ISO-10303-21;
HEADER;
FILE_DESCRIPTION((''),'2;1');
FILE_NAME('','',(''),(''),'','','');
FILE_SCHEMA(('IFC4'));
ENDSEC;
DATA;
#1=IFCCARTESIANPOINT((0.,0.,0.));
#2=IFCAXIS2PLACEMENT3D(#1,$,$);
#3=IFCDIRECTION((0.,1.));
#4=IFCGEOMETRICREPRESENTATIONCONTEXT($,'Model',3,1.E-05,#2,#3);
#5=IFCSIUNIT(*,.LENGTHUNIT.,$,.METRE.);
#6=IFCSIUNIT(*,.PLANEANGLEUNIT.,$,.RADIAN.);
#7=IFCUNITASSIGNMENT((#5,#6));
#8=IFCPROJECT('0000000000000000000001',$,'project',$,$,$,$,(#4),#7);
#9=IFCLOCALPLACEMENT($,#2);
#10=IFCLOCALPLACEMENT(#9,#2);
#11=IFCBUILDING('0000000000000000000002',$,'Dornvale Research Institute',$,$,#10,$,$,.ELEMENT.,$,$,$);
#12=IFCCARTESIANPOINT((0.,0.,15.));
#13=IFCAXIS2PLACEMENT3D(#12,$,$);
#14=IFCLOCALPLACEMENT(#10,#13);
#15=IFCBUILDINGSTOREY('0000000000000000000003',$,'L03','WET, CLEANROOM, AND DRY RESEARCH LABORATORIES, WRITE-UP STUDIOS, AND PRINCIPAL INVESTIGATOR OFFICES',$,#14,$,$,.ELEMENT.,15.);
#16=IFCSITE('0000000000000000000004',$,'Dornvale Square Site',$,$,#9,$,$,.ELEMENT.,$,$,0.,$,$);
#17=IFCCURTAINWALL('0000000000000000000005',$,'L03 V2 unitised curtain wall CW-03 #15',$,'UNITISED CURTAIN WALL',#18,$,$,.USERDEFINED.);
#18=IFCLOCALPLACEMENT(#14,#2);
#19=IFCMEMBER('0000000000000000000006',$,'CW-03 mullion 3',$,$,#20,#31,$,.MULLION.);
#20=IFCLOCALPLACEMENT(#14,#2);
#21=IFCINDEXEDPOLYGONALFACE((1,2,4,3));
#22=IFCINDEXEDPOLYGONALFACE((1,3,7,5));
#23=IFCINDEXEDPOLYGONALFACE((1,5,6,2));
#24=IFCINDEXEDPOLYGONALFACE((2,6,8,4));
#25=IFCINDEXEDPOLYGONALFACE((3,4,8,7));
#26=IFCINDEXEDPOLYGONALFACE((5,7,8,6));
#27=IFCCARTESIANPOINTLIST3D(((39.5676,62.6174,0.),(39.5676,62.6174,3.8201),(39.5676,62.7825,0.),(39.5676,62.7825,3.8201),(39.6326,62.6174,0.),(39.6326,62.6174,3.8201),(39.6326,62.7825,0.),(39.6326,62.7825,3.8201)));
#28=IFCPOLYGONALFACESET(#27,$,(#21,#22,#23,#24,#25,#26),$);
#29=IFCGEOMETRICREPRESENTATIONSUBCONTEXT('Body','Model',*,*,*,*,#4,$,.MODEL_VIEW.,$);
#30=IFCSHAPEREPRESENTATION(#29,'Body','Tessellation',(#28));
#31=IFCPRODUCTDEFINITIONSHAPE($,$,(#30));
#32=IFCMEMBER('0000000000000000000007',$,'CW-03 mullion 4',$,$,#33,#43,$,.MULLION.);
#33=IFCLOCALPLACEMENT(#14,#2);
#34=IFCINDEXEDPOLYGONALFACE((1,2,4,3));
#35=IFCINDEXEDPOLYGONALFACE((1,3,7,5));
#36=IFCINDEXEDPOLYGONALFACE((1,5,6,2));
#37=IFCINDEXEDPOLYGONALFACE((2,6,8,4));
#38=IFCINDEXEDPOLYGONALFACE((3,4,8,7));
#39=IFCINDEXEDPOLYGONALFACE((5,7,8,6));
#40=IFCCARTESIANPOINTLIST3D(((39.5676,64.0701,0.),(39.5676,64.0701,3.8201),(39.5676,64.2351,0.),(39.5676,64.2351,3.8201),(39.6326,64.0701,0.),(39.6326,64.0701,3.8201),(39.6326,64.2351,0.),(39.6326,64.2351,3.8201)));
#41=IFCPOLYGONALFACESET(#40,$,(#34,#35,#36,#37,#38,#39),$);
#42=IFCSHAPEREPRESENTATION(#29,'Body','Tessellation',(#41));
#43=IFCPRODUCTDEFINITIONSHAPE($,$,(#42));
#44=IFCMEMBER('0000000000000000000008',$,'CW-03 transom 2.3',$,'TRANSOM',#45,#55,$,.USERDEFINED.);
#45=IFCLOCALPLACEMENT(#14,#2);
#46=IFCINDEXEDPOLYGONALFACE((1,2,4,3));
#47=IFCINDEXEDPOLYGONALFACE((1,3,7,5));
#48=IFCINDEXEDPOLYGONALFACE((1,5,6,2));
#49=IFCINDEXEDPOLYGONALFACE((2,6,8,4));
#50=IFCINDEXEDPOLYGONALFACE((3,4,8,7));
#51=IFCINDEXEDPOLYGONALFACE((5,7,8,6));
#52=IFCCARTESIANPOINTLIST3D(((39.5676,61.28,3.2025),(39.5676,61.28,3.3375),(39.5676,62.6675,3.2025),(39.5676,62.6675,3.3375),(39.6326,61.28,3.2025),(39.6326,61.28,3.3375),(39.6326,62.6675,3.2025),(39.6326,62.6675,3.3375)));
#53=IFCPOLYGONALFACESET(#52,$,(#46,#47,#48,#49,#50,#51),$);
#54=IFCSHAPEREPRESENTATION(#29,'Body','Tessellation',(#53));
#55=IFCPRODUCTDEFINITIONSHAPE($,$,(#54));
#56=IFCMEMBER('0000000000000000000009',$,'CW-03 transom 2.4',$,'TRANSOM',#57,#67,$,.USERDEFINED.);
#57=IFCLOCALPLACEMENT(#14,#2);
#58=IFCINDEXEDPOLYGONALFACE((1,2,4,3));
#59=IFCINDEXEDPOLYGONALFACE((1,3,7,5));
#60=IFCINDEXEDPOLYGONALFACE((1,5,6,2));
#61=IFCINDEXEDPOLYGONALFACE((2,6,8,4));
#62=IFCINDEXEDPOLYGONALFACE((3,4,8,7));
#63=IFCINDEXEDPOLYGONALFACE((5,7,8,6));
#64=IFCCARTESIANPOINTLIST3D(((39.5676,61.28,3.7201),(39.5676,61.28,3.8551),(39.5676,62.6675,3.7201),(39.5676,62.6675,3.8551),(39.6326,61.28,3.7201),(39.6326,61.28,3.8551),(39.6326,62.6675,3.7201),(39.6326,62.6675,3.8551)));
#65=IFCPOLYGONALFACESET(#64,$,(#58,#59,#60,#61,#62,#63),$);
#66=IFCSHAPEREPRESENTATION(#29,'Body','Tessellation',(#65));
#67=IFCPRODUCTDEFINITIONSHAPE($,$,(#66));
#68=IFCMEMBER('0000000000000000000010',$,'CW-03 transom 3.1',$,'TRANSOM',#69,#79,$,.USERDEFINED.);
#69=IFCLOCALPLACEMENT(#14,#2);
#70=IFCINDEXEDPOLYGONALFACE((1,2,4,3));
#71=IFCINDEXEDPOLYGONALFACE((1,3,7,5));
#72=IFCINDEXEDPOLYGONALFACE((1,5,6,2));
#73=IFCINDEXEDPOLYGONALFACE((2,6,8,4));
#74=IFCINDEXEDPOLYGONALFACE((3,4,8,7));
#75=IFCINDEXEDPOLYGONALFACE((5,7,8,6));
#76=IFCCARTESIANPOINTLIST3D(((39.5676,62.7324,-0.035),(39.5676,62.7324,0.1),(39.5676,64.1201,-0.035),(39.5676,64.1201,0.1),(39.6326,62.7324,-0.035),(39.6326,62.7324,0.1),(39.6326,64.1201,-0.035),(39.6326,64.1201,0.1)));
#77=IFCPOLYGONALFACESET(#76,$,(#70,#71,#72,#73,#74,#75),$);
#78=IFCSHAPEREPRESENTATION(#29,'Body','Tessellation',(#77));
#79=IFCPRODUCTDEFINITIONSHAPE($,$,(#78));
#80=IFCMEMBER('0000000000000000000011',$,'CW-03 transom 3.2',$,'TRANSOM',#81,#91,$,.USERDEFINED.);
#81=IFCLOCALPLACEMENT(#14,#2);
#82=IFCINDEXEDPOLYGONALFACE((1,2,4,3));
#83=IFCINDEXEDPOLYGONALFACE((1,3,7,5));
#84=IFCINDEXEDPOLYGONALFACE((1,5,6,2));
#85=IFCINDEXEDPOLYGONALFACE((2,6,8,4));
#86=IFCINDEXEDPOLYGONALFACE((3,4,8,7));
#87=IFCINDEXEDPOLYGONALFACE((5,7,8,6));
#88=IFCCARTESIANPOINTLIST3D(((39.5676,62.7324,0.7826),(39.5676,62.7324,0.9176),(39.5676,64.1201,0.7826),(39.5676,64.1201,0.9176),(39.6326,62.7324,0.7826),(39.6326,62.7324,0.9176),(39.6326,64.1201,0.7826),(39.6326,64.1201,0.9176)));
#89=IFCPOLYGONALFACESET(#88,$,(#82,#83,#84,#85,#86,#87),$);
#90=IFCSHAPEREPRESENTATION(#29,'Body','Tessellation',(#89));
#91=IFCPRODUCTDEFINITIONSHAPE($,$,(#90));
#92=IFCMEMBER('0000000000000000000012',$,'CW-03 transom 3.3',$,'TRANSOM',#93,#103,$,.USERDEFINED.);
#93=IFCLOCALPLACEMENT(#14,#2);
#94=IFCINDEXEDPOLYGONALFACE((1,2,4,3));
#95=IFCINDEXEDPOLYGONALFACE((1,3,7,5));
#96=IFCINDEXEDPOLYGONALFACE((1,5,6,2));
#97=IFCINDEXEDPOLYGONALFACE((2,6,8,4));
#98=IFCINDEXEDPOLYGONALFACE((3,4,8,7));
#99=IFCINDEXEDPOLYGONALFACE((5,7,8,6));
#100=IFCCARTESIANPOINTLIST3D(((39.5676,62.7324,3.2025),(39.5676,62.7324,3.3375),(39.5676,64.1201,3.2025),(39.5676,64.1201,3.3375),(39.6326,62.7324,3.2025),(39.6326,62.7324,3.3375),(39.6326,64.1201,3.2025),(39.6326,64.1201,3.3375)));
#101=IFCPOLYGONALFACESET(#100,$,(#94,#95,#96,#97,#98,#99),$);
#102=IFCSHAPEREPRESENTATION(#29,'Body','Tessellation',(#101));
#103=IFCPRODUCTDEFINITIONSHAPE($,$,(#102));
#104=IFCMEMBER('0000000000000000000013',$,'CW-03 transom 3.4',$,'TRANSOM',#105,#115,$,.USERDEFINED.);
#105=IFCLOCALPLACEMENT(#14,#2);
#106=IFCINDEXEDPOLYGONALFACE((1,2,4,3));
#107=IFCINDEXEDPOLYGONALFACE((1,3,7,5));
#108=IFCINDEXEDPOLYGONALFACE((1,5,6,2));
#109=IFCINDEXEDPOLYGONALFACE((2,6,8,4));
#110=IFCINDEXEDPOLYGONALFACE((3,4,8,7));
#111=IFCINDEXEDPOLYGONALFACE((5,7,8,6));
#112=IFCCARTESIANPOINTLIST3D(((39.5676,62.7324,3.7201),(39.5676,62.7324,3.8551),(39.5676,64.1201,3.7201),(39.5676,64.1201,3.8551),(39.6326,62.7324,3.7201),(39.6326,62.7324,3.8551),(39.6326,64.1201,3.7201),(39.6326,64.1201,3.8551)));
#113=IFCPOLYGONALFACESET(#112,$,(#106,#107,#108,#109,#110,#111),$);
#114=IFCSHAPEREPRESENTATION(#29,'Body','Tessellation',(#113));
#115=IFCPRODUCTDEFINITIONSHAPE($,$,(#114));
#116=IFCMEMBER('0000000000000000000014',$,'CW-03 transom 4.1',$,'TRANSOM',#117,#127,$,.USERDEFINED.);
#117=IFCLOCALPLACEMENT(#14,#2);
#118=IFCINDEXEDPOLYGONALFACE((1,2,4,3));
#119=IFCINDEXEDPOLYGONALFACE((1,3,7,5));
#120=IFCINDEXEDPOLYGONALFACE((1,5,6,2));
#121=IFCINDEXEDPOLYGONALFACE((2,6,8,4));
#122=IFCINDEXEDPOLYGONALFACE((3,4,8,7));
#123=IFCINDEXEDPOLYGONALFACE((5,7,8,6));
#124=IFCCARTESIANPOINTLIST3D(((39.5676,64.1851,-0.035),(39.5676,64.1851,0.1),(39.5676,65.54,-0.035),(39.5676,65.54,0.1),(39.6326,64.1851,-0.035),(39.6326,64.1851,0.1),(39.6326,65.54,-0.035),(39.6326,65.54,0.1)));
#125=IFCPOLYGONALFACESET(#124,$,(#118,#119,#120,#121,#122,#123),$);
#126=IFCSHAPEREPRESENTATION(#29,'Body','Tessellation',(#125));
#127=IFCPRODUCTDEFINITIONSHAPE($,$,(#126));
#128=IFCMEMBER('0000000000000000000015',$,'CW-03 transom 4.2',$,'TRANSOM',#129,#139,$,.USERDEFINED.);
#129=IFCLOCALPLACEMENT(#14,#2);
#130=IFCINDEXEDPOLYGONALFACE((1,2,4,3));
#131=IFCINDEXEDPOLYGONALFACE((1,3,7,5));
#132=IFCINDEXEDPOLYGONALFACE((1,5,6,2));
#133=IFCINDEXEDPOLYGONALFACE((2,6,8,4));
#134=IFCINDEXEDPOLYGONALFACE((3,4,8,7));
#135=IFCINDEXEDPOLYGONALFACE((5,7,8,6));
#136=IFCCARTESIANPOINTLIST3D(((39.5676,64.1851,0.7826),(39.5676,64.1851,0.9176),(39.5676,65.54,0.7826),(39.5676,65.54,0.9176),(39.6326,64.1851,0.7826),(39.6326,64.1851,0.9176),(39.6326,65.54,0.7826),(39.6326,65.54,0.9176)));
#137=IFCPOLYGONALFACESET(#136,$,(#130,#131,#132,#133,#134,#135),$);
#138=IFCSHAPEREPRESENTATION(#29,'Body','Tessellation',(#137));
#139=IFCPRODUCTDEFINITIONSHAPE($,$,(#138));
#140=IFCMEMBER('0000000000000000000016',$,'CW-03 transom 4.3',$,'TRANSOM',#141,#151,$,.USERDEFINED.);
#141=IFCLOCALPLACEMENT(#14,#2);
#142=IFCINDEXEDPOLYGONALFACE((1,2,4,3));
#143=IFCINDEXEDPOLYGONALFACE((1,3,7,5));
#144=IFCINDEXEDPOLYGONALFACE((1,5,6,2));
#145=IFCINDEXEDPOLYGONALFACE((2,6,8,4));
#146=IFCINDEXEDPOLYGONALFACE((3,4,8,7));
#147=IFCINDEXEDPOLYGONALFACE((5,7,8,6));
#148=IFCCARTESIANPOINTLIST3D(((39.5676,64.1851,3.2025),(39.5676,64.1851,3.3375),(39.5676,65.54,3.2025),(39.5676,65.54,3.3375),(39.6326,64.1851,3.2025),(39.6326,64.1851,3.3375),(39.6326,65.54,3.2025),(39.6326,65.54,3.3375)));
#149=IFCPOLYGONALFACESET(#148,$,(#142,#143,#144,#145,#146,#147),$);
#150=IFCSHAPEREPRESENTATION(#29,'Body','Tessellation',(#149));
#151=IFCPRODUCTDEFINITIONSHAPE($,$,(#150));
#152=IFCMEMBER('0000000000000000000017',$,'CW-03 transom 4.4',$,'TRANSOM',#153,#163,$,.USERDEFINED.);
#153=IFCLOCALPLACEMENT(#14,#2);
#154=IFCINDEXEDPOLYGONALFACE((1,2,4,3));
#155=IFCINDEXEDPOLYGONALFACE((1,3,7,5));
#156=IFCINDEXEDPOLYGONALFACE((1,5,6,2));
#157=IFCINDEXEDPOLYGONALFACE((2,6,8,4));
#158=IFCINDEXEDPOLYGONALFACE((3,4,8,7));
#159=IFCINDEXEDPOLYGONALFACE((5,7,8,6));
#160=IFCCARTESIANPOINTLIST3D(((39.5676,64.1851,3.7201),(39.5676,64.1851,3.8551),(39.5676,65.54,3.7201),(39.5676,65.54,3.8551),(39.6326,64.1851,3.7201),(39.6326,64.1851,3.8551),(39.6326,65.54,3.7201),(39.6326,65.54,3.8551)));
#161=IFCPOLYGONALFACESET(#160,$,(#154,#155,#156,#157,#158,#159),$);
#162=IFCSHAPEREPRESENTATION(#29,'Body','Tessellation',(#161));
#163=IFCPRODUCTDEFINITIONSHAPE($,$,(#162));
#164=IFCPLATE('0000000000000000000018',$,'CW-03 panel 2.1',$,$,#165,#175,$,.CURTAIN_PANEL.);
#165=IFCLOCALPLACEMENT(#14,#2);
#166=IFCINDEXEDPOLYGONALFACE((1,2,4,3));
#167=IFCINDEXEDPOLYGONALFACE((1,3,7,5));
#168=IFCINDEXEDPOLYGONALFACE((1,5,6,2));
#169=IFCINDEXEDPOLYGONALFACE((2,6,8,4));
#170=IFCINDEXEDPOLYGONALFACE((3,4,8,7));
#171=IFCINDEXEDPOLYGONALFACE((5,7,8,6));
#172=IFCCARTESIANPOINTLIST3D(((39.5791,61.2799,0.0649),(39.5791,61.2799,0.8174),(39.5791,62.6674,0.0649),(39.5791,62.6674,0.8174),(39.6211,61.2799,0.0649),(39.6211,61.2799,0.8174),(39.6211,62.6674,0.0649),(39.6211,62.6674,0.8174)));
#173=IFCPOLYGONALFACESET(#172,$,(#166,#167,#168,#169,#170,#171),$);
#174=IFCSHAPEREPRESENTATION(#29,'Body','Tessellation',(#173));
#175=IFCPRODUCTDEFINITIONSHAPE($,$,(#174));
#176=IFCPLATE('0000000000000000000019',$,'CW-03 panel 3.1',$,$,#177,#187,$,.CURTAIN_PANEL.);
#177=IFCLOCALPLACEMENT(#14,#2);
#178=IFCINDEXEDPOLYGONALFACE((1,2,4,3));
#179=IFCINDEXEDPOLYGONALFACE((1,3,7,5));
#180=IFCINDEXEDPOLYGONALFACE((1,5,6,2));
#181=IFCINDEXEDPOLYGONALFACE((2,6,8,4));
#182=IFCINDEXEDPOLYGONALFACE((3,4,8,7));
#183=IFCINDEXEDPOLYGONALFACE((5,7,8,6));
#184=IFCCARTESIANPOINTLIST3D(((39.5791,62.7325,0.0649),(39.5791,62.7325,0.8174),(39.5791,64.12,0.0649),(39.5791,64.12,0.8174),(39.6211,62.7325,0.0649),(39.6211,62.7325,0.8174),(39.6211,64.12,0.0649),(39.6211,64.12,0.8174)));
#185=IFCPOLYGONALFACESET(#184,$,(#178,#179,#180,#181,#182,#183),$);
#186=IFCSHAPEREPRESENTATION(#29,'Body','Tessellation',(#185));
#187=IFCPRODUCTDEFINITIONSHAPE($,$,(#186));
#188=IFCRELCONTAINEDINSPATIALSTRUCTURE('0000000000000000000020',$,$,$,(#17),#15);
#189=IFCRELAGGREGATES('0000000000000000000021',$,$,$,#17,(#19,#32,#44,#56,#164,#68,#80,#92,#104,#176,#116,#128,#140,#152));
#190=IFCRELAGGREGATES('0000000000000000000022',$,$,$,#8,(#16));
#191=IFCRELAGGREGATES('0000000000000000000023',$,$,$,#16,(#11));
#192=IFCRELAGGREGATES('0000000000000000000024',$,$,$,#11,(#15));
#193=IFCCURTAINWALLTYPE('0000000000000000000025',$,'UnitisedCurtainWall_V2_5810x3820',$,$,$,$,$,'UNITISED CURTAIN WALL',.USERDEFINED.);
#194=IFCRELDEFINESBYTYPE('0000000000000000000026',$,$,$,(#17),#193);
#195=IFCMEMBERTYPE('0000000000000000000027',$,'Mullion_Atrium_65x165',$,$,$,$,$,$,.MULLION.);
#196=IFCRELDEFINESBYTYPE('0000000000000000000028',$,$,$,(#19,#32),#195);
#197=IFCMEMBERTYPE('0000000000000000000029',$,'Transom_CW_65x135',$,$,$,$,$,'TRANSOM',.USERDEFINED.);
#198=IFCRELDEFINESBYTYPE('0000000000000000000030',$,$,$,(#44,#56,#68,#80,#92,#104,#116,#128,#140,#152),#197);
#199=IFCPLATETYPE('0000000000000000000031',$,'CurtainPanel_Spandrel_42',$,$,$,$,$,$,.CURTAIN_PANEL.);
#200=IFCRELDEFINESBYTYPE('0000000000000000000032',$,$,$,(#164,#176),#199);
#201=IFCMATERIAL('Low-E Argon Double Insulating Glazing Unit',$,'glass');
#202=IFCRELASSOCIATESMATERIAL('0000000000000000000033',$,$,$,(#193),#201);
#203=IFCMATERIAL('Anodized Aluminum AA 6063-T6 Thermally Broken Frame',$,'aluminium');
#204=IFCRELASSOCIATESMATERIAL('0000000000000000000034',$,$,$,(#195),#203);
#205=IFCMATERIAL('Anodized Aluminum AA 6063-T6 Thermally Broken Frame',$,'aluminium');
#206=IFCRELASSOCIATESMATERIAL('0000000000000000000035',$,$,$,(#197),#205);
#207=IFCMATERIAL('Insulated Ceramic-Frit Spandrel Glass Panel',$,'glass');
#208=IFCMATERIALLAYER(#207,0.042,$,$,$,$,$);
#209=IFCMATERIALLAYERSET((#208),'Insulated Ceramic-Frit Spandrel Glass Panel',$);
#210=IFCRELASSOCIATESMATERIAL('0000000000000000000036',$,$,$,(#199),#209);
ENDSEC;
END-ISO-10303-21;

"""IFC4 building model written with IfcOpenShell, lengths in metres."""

from ifc_helpers import new_model, si_unit, direction, frame, origin, origin_2d, place, context, subcontext, project, spatial, rectangle, extrude, material, layer, layer_set, material_profile, profile_set, type_object, element, aggregate, save


model = new_model("IFC4")

# Units and contexts
model_context = context("Model", 3, precision=1e-05, world=origin(), true_north=direction((0.0, 1.0)))
body_context = subcontext(model_context, "Body", "Model", "MODEL_VIEW")
ifc_project = project(units=[si_unit("LENGTHUNIT", "METRE"), si_unit("PLANEANGLEUNIT", "RADIAN")], contexts=[model_context])

# Site, building, storey
site_placement = place(None, origin())
site = spatial("IfcSite", under=ifc_project, at=site_placement, Name="Dornvale Square Site", CompositionType="ELEMENT", RefElevation=0.0)
building_placement = place(site_placement, origin())
building = spatial("IfcBuilding", under=site, at=building_placement, Name="Dornvale Research Institute", CompositionType="ELEMENT")
storey_placement = place(building_placement, frame((0.0, 0.0, 15.0)))
storey = spatial("IfcBuildingStorey", under=building, at=storey_placement, Name="L03", Description="WET, CLEANROOM, AND DRY RESEARCH LABORATORIES, WRITE-UP STUDIOS, AND PRINCIPAL INVESTIGATOR OFFICES", CompositionType="ELEMENT", Elevation=15.0)

# Curtain wall, members, plates
ifc_material_1 = material(Name="Low-E Argon Double Insulating Glazing Unit", Category="glass")
curtain_wall_type = type_object("IfcCurtainWallType", Name="UnitisedCurtainWall_V2_5810x3820", ElementType="UNITISED CURTAIN WALL", PredefinedType="USERDEFINED", material=ifc_material_1)
curtain_wall_placement = place(storey_placement, origin())
curtain_wall = element("IfcCurtainWall", 1, at=curtain_wall_placement, inside=storey, type_object=curtain_wall_type, Name="L03 V2 unitised curtain wall CW-03 #15", ObjectType="UNITISED CURTAIN WALL", PredefinedType="USERDEFINED")
ifc_material_2 = material(Name="Anodized Aluminum AA 6063-T6 Thermally Broken Frame", Category="aluminium")
ifc_material_profile_1 = material_profile(ifc_material_2, rectangle(XDim=0.0649, YDim=0.165, at=origin_2d()), Name="ALU MULLION 65x165")
ifc_profile_set_1 = profile_set([ifc_material_profile_1], Name="Anodized Aluminum AA 6063-T6 Thermally Broken Frame")
member_type_1 = type_object("IfcMemberType", Name="Mullion_Atrium_65x165", PredefinedType="MULLION", material=ifc_profile_set_1)
member_1_placement = place(storey_placement, frame((39.6001, 62.7, 0.0), z_axis=(0.0, 0.0, 1.0), x_axis=(-1.0, 0.0, 0.0)))
member_1 = element("IfcMember", 2, at=member_1_placement, type_object=member_type_1, Name="CW-03 mullion 3", PredefinedType="MULLION", context=body_context, shape_type="SweptSolid", body=[
    extrude(rectangle(XDim=0.0649, YDim=0.165, at=origin_2d()), origin(), (0.0, 0.0, 1.0), 3.8201),
])
member_2_placement = place(storey_placement, frame((39.6001, 64.1526, 0.0), z_axis=(0.0, 0.0, 1.0), x_axis=(-1.0, 0.0, 0.0)))
member_2 = element("IfcMember", 3, at=member_2_placement, type_object=member_type_1, Name="CW-03 mullion 4", PredefinedType="MULLION", context=body_context, shape_type="SweptSolid", body=[
    extrude(rectangle(XDim=0.0649, YDim=0.165, at=origin_2d()), origin(), (0.0, 0.0, 1.0), 3.8201),
])
ifc_material_3 = material(Name="Anodized Aluminum AA 6063-T6 Thermally Broken Frame", Category="aluminium")
ifc_material_profile_2 = material_profile(ifc_material_3, rectangle(XDim=0.0649, YDim=0.135, at=origin_2d()), Name="ALU TRANSOM 65x135")
ifc_profile_set_2 = profile_set([ifc_material_profile_2], Name="Anodized Aluminum AA 6063-T6 Thermally Broken Frame")
member_type_2 = type_object("IfcMemberType", Name="Transom_CW_65x135", ElementType="TRANSOM", PredefinedType="USERDEFINED", material=ifc_profile_set_2)
member_3_placement = place(storey_placement, frame((39.6001, 61.28, 3.27), z_axis=(0.0, 1.0, 0.0), x_axis=(-1.0, 0.0, 0.0)))
member_3 = element("IfcMember", 4, at=member_3_placement, type_object=member_type_2, Name="CW-03 transom 2.3", ObjectType="TRANSOM", PredefinedType="USERDEFINED", context=body_context, shape_type="SweptSolid", body=[
    extrude(rectangle(XDim=0.0649, YDim=0.135, at=origin_2d()), origin(), (0.0, 0.0, 1.0), 1.3875),
])
member_4_placement = place(storey_placement, frame((39.6001, 61.28, 3.7876), z_axis=(0.0, 1.0, 0.0), x_axis=(-1.0, 0.0, 0.0)))
member_4 = element("IfcMember", 5, at=member_4_placement, type_object=member_type_2, Name="CW-03 transom 2.4", ObjectType="TRANSOM", PredefinedType="USERDEFINED", context=body_context, shape_type="SweptSolid", body=[
    extrude(rectangle(XDim=0.0649, YDim=0.135, at=origin_2d()), origin(), (0.0, 0.0, 1.0), 1.3875),
])
member_5_placement = place(storey_placement, frame((39.6001, 62.7324, 0.0325), z_axis=(0.0, 1.0, 0.0), x_axis=(-1.0, 0.0, 0.0)))
member_5 = element("IfcMember", 6, at=member_5_placement, type_object=member_type_2, Name="CW-03 transom 3.1", ObjectType="TRANSOM", PredefinedType="USERDEFINED", context=body_context, shape_type="SweptSolid", body=[
    extrude(rectangle(XDim=0.0649, YDim=0.135, at=origin_2d()), origin(), (0.0, 0.0, 1.0), 1.3877),
])
member_6_placement = place(storey_placement, frame((39.6001, 62.7324, 0.8501), z_axis=(0.0, 1.0, 0.0), x_axis=(-1.0, 0.0, 0.0)))
member_6 = element("IfcMember", 7, at=member_6_placement, type_object=member_type_2, Name="CW-03 transom 3.2", ObjectType="TRANSOM", PredefinedType="USERDEFINED", context=body_context, shape_type="SweptSolid", body=[
    extrude(rectangle(XDim=0.0649, YDim=0.135, at=origin_2d()), origin(), (0.0, 0.0, 1.0), 1.3877),
])
member_7_placement = place(storey_placement, frame((39.6001, 62.7324, 3.27), z_axis=(0.0, 1.0, 0.0), x_axis=(-1.0, 0.0, 0.0)))
member_7 = element("IfcMember", 8, at=member_7_placement, type_object=member_type_2, Name="CW-03 transom 3.3", ObjectType="TRANSOM", PredefinedType="USERDEFINED", context=body_context, shape_type="SweptSolid", body=[
    extrude(rectangle(XDim=0.0649, YDim=0.135, at=origin_2d()), origin(), (0.0, 0.0, 1.0), 1.3877),
])
member_8_placement = place(storey_placement, frame((39.6001, 62.7324, 3.7876), z_axis=(0.0, 1.0, 0.0), x_axis=(-1.0, 0.0, 0.0)))
member_8 = element("IfcMember", 9, at=member_8_placement, type_object=member_type_2, Name="CW-03 transom 3.4", ObjectType="TRANSOM", PredefinedType="USERDEFINED", context=body_context, shape_type="SweptSolid", body=[
    extrude(rectangle(XDim=0.0649, YDim=0.135, at=origin_2d()), origin(), (0.0, 0.0, 1.0), 1.3877),
])
member_9_placement = place(storey_placement, frame((39.6001, 64.1851, 0.0325), z_axis=(0.0, 1.0, 0.0), x_axis=(-1.0, 0.0, 0.0)))
member_9 = element("IfcMember", 10, at=member_9_placement, type_object=member_type_2, Name="CW-03 transom 4.1", ObjectType="TRANSOM", PredefinedType="USERDEFINED", context=body_context, shape_type="SweptSolid", body=[
    extrude(rectangle(XDim=0.0649, YDim=0.135, at=origin_2d()), origin(), (0.0, 0.0, 1.0), 1.355),
])
member_10_placement = place(storey_placement, frame((39.6001, 64.1851, 0.8501), z_axis=(0.0, 1.0, 0.0), x_axis=(-1.0, 0.0, 0.0)))
member_10 = element("IfcMember", 11, at=member_10_placement, type_object=member_type_2, Name="CW-03 transom 4.2", ObjectType="TRANSOM", PredefinedType="USERDEFINED", context=body_context, shape_type="SweptSolid", body=[
    extrude(rectangle(XDim=0.0649, YDim=0.135, at=origin_2d()), origin(), (0.0, 0.0, 1.0), 1.355),
])
member_11_placement = place(storey_placement, frame((39.6001, 64.1851, 3.27), z_axis=(0.0, 1.0, 0.0), x_axis=(-1.0, 0.0, 0.0)))
member_11 = element("IfcMember", 12, at=member_11_placement, type_object=member_type_2, Name="CW-03 transom 4.3", ObjectType="TRANSOM", PredefinedType="USERDEFINED", context=body_context, shape_type="SweptSolid", body=[
    extrude(rectangle(XDim=0.0649, YDim=0.135, at=origin_2d()), origin(), (0.0, 0.0, 1.0), 1.355),
])
member_12_placement = place(storey_placement, frame((39.6001, 64.1851, 3.7876), z_axis=(0.0, 1.0, 0.0), x_axis=(-1.0, 0.0, 0.0)))
member_12 = element("IfcMember", 13, at=member_12_placement, type_object=member_type_2, Name="CW-03 transom 4.4", ObjectType="TRANSOM", PredefinedType="USERDEFINED", context=body_context, shape_type="SweptSolid", body=[
    extrude(rectangle(XDim=0.0649, YDim=0.135, at=origin_2d()), origin(), (0.0, 0.0, 1.0), 1.355),
])
ifc_material_4 = material(Name="Insulated Ceramic-Frit Spandrel Glass Panel", Category="glass")
ifc_layer_1 = layer(ifc_material_4, 0.042)
ifc_layer_set_1 = layer_set([ifc_layer_1], Name="Insulated Ceramic-Frit Spandrel Glass Panel")
plate_type_1 = type_object("IfcPlateType", Name="CurtainPanel_Spandrel_42", PredefinedType="CURTAIN_PANEL", material=ifc_layer_set_1)
plate_1_placement = place(storey_placement, frame((39.6001, 61.9736, 0.0649), z_axis=(0.0, 0.0, 1.0), x_axis=(0.0, 1.0, 0.0)))
plate_1 = element("IfcPlate", 14, at=plate_1_placement, type_object=plate_type_1, Name="CW-03 panel 2.1", PredefinedType="CURTAIN_PANEL", context=body_context, shape_type="SweptSolid", body=[
    extrude(rectangle(XDim=1.3875, YDim=0.042, at=origin_2d()), origin(), (0.0, 0.0, 1.0), 0.7524),
])
plate_2_placement = place(storey_placement, frame((39.6001, 63.4263, 0.0649), z_axis=(0.0, 0.0, 1.0), x_axis=(0.0, 1.0, 0.0)))
plate_2 = element("IfcPlate", 15, at=plate_2_placement, type_object=plate_type_1, Name="CW-03 panel 3.1", PredefinedType="CURTAIN_PANEL", context=body_context, shape_type="SweptSolid", body=[
    extrude(rectangle(XDim=1.3875, YDim=0.042, at=origin_2d()), origin(), (0.0, 0.0, 1.0), 0.7524),
])
aggregate(curtain_wall, [member_1, member_2, member_3, member_4, plate_1, member_5, member_6, member_7, member_8, plate_2, member_9, member_10, member_11, member_12])

save(model, "model.ifc")
